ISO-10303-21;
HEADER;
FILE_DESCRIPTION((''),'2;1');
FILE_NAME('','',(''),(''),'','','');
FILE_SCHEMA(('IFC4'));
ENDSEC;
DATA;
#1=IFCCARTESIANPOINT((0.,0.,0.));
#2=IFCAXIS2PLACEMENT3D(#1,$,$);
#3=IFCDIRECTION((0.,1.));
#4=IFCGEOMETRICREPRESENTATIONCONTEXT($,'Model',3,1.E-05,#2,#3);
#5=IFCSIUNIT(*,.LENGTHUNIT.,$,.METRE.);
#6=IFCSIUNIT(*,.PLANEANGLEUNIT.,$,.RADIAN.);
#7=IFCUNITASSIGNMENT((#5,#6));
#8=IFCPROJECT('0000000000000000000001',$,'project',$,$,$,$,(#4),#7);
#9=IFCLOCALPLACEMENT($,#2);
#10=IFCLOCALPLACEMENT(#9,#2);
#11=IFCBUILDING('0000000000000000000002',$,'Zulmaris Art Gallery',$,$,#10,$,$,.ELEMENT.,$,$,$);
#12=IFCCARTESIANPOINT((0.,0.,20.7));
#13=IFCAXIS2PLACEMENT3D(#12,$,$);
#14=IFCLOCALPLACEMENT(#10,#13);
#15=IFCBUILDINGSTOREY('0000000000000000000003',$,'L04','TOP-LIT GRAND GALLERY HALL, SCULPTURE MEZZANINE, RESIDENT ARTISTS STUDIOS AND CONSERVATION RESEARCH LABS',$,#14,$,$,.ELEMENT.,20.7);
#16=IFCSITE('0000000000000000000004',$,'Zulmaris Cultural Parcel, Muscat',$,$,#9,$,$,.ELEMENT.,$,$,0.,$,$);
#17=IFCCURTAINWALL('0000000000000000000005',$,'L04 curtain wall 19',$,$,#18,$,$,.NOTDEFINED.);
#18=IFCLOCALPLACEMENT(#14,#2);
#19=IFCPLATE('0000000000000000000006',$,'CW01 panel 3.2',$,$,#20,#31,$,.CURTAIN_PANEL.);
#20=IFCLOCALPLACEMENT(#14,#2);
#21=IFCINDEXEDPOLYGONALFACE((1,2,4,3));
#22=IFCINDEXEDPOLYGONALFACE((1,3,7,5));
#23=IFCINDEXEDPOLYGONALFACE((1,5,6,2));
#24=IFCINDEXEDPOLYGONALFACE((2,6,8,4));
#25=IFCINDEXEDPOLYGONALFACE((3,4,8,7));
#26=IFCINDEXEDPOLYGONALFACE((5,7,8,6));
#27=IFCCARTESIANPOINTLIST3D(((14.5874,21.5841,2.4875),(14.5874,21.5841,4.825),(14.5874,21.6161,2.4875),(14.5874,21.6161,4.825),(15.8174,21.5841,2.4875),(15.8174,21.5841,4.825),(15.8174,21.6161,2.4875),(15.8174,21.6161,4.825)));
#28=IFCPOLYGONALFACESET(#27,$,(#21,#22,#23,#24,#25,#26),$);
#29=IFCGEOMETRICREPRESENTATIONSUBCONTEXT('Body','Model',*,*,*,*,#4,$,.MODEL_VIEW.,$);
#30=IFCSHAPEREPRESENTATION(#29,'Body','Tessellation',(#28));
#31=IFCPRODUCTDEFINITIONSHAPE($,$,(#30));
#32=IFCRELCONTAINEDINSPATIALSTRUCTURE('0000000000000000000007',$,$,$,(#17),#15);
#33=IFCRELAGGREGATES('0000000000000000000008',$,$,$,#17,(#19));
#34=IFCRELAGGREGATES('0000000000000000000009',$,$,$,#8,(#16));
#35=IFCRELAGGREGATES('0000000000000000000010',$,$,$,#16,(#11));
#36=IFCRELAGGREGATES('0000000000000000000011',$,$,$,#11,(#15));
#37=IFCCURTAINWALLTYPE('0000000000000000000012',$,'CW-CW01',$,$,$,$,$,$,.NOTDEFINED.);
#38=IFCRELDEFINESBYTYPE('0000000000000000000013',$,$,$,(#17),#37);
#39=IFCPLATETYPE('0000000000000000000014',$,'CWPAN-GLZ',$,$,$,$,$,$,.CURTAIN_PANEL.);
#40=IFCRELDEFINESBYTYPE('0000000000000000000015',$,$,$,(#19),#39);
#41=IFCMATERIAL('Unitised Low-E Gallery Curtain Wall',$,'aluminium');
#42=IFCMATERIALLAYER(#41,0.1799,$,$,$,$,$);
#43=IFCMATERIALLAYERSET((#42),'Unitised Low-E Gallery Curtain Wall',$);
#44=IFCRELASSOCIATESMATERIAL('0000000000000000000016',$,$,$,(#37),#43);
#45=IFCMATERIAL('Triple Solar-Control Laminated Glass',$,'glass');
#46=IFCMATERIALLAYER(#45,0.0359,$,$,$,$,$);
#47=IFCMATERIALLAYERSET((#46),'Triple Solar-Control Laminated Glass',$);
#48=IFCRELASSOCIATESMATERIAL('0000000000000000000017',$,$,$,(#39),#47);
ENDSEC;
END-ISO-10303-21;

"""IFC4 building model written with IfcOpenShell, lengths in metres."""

from ifc_helpers import new_model, si_unit, direction, frame, origin, origin_2d, place, context, subcontext, project, spatial, rectangle, extrude, material, layer, layer_set, type_object, element, aggregate, save


model = new_model("IFC4")

# Units and contexts
model_context = context("Model", 3, precision=1e-05, world=origin(), true_north=direction((0.0, 1.0)))
body_context = subcontext(model_context, "Body", "Model", "MODEL_VIEW")
ifc_project = project(units=[si_unit("LENGTHUNIT", "METRE"), si_unit("PLANEANGLEUNIT", "RADIAN")], contexts=[model_context])

# Site, building, storey
site_placement = place(None, origin())
site = spatial("IfcSite", under=ifc_project, at=site_placement, Name="Zulmaris Cultural Parcel, Muscat", CompositionType="ELEMENT", RefElevation=0.0)
building_placement = place(site_placement, origin())
building = spatial("IfcBuilding", under=site, at=building_placement, Name="Zulmaris Art Gallery", CompositionType="ELEMENT")
storey_placement = place(building_placement, frame((0.0, 0.0, 20.7)))
storey = spatial("IfcBuildingStorey", under=building, at=storey_placement, Name="L04", Description="TOP-LIT GRAND GALLERY HALL, SCULPTURE MEZZANINE, RESIDENT ARTISTS STUDIOS AND CONSERVATION RESEARCH LABS", CompositionType="ELEMENT", Elevation=20.7)

# Curtain wall
ifc_material_1 = material(Name="Unitised Low-E Gallery Curtain Wall", Category="aluminium")
ifc_layer_1 = layer(ifc_material_1, 0.1799)
ifc_layer_set_1 = layer_set([ifc_layer_1], Name="Unitised Low-E Gallery Curtain Wall")
curtain_wall_type = type_object("IfcCurtainWallType", Name="CW-CW01", PredefinedType="NOTDEFINED", material=ifc_layer_set_1)
curtain_wall_placement = place(storey_placement, origin())
curtain_wall = element("IfcCurtainWall", 1, at=curtain_wall_placement, inside=storey, type_object=curtain_wall_type, Name="L04 curtain wall 19", PredefinedType="NOTDEFINED")

# Plate
ifc_material_2 = material(Name="Triple Solar-Control Laminated Glass", Category="glass")
ifc_layer_2 = layer(ifc_material_2, 0.0359)
ifc_layer_set_2 = layer_set([ifc_layer_2], Name="Triple Solar-Control Laminated Glass")
plate_type = type_object("IfcPlateType", Name="CWPAN-GLZ", PredefinedType="CURTAIN_PANEL", material=ifc_layer_set_2)
plate_1_placement = place(storey_placement, frame((15.2024, 21.6001, 2.4875), z_axis=(0.0, 0.0, 1.0), x_axis=(1.0, 0.0, 0.0)))
plate_1 = element("IfcPlate", 2, at=plate_1_placement, type_object=plate_type, Name="CW01 panel 3.2", PredefinedType="CURTAIN_PANEL", context=body_context, shape_type="SweptSolid", body=[
    extrude(rectangle(XDim=1.23, YDim=0.032, at=origin_2d()), origin(), (0.0, 0.0, 1.0), 2.3374),
])
aggregate(curtain_wall, [plate_1])

save(model, "model.ifc")
